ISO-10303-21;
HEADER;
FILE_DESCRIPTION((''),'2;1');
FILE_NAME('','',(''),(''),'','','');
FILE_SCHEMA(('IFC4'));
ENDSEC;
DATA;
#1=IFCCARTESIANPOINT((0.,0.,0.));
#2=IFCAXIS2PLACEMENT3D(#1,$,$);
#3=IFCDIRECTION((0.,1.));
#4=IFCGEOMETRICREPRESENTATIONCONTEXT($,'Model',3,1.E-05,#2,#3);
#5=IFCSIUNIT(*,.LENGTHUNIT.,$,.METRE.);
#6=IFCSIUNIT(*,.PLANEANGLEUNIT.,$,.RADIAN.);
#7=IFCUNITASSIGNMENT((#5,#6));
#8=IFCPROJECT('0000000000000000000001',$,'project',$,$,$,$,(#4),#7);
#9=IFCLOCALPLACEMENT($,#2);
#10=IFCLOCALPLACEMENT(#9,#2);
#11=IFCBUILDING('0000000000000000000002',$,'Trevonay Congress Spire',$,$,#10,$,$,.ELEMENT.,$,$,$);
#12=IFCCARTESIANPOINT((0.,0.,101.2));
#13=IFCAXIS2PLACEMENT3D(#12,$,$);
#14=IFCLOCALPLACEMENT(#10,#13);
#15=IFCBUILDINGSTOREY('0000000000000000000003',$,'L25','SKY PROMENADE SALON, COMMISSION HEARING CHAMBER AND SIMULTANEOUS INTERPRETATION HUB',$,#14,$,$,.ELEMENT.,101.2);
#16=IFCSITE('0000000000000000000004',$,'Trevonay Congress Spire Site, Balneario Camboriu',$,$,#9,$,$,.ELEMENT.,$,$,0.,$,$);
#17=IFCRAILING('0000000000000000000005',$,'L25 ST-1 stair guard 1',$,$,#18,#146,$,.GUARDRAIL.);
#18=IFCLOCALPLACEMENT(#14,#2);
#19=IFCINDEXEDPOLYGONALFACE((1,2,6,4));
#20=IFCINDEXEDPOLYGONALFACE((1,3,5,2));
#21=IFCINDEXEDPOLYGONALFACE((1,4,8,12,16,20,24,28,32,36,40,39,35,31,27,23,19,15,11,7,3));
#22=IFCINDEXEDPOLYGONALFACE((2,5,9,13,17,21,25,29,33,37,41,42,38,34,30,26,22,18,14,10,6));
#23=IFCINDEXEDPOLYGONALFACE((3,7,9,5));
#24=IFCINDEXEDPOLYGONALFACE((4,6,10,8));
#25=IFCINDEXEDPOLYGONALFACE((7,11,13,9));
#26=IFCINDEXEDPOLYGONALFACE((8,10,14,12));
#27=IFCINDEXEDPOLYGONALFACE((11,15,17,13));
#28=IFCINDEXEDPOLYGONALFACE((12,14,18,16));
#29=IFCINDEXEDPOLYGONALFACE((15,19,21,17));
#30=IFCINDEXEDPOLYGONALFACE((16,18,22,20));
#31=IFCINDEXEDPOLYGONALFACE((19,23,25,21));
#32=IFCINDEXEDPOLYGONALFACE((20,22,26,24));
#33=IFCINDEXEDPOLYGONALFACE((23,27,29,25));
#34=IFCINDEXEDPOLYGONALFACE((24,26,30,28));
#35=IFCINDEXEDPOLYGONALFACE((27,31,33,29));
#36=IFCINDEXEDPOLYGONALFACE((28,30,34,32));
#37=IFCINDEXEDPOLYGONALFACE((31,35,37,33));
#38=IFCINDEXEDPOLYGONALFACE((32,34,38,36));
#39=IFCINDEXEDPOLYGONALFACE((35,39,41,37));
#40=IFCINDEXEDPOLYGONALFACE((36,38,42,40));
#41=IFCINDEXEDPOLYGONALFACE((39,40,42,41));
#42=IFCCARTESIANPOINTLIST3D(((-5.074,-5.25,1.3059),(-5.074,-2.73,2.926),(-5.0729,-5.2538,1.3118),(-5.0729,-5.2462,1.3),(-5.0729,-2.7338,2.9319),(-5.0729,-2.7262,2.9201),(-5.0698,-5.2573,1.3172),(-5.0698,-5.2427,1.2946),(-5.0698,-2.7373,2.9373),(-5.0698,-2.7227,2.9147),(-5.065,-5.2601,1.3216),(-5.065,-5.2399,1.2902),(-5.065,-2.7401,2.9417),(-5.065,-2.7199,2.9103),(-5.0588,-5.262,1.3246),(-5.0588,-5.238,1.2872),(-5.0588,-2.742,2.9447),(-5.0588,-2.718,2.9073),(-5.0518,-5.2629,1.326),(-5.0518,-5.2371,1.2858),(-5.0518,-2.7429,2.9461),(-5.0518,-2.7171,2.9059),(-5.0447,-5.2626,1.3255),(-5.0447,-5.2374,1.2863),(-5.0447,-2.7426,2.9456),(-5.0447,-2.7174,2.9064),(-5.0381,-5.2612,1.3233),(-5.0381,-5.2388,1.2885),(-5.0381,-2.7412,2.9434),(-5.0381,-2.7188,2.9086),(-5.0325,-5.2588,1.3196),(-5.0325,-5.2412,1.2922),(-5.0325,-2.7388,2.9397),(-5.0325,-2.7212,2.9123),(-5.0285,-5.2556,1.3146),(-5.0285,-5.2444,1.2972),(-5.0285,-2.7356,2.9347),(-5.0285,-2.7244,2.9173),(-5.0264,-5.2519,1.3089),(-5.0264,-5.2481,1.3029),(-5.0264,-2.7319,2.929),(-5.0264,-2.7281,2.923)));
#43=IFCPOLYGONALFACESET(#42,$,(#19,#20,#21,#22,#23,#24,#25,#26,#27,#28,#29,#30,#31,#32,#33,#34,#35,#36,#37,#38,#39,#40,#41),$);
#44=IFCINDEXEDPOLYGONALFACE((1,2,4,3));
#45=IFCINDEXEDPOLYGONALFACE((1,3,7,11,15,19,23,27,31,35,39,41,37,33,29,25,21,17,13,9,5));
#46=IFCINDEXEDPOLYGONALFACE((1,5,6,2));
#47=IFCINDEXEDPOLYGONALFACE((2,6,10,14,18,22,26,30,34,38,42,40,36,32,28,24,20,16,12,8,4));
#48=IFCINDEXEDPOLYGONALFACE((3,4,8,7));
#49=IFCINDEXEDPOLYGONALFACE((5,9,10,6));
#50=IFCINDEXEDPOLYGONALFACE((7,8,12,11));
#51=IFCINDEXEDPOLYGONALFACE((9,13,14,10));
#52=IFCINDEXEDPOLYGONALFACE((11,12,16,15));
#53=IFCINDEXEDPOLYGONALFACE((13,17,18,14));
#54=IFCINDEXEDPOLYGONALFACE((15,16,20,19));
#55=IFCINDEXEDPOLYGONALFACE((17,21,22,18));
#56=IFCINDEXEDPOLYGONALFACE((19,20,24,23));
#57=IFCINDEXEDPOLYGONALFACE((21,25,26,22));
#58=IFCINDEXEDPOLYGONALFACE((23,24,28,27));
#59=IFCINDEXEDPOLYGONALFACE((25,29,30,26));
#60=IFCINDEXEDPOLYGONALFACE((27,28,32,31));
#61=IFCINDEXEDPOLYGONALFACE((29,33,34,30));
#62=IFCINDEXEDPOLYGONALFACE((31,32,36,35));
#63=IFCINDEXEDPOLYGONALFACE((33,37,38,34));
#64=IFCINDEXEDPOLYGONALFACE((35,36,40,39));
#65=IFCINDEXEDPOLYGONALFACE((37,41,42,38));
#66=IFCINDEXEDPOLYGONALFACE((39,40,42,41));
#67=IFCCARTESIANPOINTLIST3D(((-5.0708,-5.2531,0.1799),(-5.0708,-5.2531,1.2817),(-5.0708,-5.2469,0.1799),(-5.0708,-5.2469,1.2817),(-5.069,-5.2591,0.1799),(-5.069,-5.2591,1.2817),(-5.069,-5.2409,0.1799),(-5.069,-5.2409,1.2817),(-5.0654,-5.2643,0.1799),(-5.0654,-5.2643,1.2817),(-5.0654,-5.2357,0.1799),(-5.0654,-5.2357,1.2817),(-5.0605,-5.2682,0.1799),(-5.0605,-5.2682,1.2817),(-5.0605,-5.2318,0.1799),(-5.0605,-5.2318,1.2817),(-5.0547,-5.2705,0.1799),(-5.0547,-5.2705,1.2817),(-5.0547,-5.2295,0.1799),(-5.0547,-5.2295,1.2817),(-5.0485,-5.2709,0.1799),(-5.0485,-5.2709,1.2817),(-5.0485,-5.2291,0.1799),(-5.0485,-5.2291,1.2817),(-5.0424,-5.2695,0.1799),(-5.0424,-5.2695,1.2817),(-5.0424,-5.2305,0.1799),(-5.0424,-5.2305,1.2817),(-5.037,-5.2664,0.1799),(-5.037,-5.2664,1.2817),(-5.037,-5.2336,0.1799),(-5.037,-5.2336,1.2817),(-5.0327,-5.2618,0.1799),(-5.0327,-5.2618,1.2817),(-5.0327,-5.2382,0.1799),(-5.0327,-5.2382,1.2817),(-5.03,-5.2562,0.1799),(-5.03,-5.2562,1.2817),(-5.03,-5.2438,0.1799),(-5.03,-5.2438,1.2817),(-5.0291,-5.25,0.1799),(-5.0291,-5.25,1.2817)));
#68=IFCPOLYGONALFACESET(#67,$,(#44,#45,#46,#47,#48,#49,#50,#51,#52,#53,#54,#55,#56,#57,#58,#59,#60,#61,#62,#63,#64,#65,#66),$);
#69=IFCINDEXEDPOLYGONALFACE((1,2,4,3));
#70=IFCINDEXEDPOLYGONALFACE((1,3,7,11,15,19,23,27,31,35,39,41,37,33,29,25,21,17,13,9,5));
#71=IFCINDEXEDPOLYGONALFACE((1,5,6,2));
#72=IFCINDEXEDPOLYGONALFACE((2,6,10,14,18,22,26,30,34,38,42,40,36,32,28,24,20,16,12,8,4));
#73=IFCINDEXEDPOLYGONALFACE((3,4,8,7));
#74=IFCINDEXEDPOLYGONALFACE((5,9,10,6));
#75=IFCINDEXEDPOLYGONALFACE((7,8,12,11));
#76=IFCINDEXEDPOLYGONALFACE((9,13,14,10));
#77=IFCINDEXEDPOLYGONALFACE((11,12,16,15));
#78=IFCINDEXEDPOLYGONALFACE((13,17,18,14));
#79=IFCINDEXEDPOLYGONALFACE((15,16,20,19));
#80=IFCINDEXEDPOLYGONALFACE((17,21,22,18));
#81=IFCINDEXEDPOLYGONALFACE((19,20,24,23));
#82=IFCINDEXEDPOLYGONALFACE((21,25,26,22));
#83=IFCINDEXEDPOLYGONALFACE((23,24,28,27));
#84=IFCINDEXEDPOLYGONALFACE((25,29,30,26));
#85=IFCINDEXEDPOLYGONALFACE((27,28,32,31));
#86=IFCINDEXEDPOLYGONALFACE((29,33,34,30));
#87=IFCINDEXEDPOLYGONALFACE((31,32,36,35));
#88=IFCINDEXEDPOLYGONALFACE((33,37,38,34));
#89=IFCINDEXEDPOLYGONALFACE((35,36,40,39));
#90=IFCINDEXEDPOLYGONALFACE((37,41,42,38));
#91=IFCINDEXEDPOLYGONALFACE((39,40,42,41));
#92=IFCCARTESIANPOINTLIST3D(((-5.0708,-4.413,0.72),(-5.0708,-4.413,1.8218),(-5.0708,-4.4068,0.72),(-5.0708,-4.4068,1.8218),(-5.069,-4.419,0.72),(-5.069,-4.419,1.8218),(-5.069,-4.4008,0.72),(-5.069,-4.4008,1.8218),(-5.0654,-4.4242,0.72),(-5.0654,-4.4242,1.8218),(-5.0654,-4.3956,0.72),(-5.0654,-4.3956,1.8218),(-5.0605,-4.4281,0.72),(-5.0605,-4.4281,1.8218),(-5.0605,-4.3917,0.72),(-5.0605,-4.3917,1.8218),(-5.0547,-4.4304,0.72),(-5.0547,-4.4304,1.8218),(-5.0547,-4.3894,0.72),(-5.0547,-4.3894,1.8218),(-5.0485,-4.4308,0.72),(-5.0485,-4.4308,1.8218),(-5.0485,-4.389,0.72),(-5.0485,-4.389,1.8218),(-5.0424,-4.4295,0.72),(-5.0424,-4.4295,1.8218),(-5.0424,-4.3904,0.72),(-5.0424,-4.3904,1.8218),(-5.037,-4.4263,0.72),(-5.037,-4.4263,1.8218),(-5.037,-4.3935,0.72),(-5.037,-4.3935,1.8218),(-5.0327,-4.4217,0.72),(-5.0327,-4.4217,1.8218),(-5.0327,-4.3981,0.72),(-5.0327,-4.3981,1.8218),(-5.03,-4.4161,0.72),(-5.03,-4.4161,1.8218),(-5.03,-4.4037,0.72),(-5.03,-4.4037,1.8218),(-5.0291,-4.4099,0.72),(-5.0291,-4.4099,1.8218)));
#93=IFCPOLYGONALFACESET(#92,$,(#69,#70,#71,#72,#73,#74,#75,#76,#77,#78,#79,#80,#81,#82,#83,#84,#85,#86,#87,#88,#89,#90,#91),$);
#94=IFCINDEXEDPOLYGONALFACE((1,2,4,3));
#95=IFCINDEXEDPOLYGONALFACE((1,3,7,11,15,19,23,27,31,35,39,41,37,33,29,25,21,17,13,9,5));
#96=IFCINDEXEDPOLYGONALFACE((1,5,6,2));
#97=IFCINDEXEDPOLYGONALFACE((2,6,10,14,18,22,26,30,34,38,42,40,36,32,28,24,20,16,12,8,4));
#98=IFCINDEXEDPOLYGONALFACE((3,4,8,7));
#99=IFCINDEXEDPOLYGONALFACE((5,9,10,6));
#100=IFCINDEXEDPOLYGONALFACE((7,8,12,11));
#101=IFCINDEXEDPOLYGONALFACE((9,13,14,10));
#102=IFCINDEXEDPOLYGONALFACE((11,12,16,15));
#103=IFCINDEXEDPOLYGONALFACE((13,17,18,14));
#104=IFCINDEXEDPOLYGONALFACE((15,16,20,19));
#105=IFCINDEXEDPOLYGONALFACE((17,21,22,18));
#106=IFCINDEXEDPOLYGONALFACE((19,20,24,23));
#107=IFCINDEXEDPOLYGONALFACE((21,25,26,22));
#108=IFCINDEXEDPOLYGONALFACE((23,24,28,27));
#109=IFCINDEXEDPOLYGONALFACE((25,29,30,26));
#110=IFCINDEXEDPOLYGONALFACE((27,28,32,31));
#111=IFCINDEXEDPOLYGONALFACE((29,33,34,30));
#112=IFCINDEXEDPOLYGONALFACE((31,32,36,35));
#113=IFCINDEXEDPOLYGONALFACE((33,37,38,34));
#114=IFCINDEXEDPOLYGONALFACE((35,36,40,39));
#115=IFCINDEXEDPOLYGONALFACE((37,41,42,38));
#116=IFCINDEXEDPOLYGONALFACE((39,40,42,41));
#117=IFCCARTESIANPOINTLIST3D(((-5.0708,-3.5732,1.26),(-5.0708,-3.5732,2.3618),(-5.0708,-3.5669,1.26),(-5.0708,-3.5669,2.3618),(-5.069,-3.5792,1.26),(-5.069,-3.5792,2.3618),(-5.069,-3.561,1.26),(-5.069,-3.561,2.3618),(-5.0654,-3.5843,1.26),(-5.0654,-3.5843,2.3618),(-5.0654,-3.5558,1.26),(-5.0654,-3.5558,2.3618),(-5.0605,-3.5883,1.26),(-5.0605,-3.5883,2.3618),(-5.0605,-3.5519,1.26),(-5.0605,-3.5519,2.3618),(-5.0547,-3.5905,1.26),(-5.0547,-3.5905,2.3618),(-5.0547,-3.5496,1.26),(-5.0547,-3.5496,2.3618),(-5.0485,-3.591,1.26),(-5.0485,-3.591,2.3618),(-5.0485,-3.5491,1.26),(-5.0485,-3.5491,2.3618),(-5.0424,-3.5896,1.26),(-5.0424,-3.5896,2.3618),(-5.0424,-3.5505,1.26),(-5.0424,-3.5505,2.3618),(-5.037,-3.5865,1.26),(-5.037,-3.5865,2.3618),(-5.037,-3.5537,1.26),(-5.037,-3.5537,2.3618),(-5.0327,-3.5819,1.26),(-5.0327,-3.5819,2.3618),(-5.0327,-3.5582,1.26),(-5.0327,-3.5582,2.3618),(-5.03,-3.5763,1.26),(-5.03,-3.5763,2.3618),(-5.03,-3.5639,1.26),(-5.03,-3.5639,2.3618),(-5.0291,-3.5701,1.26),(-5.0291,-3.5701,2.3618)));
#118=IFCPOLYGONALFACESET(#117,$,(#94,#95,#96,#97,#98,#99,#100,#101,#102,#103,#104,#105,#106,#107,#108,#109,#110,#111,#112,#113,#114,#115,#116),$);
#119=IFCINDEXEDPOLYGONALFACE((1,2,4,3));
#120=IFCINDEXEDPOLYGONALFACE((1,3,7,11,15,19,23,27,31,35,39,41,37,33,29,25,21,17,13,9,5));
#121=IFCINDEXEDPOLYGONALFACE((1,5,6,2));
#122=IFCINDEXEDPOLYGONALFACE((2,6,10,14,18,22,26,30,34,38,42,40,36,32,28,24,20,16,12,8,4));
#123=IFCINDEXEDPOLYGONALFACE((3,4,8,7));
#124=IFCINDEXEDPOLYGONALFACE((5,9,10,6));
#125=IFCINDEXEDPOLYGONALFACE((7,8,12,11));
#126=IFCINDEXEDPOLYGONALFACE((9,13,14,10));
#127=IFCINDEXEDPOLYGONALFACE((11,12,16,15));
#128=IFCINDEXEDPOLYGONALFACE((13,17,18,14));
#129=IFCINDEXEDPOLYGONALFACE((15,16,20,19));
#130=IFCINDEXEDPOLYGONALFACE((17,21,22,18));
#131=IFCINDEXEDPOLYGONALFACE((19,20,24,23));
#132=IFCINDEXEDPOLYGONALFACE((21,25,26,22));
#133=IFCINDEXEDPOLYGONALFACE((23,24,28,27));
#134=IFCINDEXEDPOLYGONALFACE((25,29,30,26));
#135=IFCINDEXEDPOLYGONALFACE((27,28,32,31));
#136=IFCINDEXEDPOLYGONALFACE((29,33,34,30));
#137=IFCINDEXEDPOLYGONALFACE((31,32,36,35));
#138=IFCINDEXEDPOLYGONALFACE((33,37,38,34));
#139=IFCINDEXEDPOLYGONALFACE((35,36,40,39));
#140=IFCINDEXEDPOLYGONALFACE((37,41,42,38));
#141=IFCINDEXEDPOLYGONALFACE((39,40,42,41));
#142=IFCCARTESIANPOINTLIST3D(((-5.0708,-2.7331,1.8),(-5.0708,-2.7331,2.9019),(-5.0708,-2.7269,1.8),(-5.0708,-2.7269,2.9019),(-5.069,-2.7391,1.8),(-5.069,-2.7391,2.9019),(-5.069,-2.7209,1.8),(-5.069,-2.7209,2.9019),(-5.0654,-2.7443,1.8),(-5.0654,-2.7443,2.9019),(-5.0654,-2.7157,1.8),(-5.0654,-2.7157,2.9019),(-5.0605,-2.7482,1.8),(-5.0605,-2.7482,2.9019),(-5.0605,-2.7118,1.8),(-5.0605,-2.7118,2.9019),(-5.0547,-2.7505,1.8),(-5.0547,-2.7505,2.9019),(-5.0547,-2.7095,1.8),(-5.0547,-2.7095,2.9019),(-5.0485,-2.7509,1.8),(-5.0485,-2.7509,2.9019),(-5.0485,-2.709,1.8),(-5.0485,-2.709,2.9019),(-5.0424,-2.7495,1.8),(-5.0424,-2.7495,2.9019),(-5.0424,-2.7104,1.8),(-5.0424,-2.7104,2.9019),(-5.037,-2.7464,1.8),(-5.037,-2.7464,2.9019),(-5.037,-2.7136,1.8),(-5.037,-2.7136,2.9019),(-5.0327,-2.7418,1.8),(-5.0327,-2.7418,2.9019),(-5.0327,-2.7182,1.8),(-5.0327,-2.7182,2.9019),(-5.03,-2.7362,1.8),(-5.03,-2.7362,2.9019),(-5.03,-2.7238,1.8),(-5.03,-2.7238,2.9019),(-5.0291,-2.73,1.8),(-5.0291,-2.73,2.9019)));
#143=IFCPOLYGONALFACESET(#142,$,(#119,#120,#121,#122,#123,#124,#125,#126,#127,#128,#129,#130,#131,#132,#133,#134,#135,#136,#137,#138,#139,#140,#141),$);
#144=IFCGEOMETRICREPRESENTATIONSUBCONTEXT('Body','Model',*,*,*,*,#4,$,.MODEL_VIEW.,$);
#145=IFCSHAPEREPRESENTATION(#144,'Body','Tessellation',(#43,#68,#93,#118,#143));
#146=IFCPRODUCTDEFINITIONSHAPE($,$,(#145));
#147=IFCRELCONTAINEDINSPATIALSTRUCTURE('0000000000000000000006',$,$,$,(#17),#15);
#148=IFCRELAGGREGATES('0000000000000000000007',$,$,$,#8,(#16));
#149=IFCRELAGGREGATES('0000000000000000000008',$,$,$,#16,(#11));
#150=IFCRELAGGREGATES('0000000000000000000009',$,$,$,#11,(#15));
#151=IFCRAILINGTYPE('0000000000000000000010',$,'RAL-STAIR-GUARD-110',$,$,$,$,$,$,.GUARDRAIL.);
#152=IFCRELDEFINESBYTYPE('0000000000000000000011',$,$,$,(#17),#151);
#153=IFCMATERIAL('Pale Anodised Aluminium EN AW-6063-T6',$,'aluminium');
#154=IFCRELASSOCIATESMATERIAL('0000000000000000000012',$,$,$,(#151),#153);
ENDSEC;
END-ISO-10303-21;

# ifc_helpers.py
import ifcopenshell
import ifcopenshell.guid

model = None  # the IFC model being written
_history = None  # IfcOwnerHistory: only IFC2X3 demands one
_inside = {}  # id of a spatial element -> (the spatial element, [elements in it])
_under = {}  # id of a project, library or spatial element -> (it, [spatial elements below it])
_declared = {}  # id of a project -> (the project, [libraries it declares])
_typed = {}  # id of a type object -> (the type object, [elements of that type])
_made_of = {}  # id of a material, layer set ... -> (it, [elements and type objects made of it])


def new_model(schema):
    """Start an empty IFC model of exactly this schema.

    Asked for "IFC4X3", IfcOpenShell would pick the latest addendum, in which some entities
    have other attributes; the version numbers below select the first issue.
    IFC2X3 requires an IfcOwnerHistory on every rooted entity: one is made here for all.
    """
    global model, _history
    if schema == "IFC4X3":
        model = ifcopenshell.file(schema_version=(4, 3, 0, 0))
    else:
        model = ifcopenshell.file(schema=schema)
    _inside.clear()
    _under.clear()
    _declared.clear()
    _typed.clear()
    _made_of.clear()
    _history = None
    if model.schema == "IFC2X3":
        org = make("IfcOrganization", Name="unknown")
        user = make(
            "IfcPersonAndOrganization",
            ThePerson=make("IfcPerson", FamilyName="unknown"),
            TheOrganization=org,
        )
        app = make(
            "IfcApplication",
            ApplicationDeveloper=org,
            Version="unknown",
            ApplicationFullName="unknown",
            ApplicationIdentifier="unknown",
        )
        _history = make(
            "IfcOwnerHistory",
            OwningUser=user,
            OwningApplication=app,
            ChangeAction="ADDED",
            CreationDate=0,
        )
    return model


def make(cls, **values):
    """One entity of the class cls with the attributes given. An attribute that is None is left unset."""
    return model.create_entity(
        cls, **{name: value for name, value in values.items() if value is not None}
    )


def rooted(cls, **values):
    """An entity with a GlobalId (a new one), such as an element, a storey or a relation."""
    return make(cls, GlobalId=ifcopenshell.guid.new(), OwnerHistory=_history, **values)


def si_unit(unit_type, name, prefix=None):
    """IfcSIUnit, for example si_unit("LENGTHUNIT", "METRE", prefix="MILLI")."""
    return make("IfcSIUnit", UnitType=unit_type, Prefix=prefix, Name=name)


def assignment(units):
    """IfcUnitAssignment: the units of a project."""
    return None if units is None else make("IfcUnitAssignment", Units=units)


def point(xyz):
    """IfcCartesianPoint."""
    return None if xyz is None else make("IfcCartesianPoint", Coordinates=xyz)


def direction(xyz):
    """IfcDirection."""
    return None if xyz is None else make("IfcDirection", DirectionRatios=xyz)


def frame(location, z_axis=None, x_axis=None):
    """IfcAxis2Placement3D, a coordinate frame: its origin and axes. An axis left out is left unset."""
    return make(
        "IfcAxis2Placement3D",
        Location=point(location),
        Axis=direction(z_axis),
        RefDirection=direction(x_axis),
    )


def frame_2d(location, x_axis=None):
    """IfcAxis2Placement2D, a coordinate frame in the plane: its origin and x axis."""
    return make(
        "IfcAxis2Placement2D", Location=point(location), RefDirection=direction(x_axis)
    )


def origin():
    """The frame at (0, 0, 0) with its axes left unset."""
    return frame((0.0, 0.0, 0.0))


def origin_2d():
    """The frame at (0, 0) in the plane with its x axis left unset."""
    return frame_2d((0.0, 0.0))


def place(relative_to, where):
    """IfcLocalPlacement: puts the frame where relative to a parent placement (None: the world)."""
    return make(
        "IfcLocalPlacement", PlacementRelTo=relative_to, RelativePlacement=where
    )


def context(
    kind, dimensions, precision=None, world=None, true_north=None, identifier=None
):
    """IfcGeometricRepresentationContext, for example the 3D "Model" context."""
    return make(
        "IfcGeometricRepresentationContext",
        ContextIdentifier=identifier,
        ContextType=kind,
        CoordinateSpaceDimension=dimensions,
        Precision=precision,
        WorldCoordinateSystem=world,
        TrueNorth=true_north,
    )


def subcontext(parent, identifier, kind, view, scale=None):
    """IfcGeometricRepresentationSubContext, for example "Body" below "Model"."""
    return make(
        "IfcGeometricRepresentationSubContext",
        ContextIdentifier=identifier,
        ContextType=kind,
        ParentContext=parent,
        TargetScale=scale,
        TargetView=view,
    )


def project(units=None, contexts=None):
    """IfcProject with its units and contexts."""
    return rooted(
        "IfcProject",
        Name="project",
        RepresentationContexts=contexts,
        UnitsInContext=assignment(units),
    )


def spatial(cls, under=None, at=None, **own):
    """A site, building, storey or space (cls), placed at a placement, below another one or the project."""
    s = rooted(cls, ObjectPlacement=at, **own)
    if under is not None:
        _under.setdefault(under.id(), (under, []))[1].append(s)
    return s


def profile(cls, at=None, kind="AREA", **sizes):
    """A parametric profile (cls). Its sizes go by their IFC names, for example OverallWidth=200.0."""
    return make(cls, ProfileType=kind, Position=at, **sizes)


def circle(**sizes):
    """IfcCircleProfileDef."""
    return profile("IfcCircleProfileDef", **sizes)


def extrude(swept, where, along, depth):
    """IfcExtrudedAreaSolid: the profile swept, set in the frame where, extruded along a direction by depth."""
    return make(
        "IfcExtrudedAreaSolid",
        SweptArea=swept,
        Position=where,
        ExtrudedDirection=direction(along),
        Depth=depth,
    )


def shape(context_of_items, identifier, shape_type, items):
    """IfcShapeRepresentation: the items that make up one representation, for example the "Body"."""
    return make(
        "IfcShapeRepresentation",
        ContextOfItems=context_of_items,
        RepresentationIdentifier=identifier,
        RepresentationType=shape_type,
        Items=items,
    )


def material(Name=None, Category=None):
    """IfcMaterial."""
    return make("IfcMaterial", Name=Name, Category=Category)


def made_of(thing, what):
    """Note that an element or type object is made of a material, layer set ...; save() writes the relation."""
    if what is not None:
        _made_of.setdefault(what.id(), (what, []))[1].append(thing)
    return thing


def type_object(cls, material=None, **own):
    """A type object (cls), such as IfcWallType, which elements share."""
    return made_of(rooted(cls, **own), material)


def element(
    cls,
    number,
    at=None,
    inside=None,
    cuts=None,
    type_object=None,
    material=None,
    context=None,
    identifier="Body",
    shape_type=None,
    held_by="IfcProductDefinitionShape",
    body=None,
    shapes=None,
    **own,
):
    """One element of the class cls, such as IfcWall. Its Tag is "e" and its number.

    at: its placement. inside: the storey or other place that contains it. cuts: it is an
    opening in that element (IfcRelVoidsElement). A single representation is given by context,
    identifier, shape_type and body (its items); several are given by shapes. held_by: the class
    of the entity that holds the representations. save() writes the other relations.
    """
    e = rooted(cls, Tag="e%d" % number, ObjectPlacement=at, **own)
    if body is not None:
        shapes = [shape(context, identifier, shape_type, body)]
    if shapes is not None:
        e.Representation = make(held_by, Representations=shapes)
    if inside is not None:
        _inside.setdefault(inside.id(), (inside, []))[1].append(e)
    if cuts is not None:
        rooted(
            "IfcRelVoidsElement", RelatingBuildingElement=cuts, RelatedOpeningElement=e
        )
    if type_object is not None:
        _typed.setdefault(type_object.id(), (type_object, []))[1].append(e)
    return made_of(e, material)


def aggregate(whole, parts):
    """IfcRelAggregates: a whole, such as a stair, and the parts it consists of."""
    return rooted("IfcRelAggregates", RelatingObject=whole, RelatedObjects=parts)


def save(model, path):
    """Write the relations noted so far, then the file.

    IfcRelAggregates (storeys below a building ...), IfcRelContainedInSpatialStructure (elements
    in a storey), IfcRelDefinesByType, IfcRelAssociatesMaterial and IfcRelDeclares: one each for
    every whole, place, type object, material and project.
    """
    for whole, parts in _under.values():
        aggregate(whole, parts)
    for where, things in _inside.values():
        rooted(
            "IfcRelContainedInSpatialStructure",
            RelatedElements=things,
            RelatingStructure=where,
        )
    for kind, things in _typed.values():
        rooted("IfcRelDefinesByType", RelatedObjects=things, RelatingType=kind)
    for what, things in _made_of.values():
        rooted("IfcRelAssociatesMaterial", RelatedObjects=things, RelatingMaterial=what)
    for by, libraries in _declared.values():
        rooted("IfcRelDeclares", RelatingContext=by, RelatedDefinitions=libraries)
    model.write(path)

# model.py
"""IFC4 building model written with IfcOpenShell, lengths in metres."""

from ifc_helpers import new_model, si_unit, direction, frame, origin, origin_2d, place, context, subcontext, project, spatial, circle, extrude, material, type_object, element, save


model = new_model("IFC4")

# Units and contexts
model_context = context("Model", 3, precision=1e-05, world=origin(), true_north=direction((0.0, 1.0)))
body_context = subcontext(model_context, "Body", "Model", "MODEL_VIEW")
ifc_project = project(units=[si_unit("LENGTHUNIT", "METRE"), si_unit("PLANEANGLEUNIT", "RADIAN")], contexts=[model_context])

# Site, building, storey
site_placement = place(None, origin())
site = spatial("IfcSite", under=ifc_project, at=site_placement, Name="Trevonay Congress Spire Site, Balneario Camboriu", CompositionType="ELEMENT", RefElevation=0.0)
building_placement = place(site_placement, origin())
building = spatial("IfcBuilding", under=site, at=building_placement, Name="Trevonay Congress Spire", CompositionType="ELEMENT")
storey_placement = place(building_placement, frame((0.0, 0.0, 101.2)))
storey = spatial("IfcBuildingStorey", under=building, at=storey_placement, Name="L25", Description="SKY PROMENADE SALON, COMMISSION HEARING CHAMBER AND SIMULTANEOUS INTERPRETATION HUB", CompositionType="ELEMENT", Elevation=101.2)

# Shared definitions
ifc_material_1 = material(Name="Pale Anodised Aluminium EN AW-6063-T6", Category="aluminium")

# Railing
railing_type_1 = type_object("IfcRailingType", Name="RAL-STAIR-GUARD-110", PredefinedType="GUARDRAIL", material=ifc_material_1)
railing_1_placement = place(storey_placement, frame((-5.05, -5.25, 0.1799)))
element("IfcRailing", 1, at=railing_1_placement, inside=storey, type_object=railing_type_1, Name="L25 ST-1 stair guard 1", PredefinedType="GUARDRAIL", context=body_context, shape_type="SweptSolid", body=[
    extrude(circle(Radius=0.0239, at=origin_2d()), frame((0.0, 0.0, 1.126), z_axis=(0.0, 0.841163, 0.540782), x_axis=(-1.0, 0.0, 0.0)), (0.0, 0.0, 1.0), 2.9958),
    extrude(circle(Radius=0.021, at=origin_2d()), origin(), (0.0, 0.0, 1.0), 1.1018),
    extrude(circle(Radius=0.021, at=origin_2d()), frame((0.0, 0.8401, 0.54)), (0.0, 0.0, 1.0), 1.1018),
    extrude(circle(Radius=0.021, at=origin_2d()), frame((0.0, 1.6799, 1.0801)), (0.0, 0.0, 1.0), 1.1018),
    extrude(circle(Radius=0.021, at=origin_2d()), frame((0.0, 2.52, 1.6201)), (0.0, 0.0, 1.0), 1.1018),
])

save(model, "model.ifc")
